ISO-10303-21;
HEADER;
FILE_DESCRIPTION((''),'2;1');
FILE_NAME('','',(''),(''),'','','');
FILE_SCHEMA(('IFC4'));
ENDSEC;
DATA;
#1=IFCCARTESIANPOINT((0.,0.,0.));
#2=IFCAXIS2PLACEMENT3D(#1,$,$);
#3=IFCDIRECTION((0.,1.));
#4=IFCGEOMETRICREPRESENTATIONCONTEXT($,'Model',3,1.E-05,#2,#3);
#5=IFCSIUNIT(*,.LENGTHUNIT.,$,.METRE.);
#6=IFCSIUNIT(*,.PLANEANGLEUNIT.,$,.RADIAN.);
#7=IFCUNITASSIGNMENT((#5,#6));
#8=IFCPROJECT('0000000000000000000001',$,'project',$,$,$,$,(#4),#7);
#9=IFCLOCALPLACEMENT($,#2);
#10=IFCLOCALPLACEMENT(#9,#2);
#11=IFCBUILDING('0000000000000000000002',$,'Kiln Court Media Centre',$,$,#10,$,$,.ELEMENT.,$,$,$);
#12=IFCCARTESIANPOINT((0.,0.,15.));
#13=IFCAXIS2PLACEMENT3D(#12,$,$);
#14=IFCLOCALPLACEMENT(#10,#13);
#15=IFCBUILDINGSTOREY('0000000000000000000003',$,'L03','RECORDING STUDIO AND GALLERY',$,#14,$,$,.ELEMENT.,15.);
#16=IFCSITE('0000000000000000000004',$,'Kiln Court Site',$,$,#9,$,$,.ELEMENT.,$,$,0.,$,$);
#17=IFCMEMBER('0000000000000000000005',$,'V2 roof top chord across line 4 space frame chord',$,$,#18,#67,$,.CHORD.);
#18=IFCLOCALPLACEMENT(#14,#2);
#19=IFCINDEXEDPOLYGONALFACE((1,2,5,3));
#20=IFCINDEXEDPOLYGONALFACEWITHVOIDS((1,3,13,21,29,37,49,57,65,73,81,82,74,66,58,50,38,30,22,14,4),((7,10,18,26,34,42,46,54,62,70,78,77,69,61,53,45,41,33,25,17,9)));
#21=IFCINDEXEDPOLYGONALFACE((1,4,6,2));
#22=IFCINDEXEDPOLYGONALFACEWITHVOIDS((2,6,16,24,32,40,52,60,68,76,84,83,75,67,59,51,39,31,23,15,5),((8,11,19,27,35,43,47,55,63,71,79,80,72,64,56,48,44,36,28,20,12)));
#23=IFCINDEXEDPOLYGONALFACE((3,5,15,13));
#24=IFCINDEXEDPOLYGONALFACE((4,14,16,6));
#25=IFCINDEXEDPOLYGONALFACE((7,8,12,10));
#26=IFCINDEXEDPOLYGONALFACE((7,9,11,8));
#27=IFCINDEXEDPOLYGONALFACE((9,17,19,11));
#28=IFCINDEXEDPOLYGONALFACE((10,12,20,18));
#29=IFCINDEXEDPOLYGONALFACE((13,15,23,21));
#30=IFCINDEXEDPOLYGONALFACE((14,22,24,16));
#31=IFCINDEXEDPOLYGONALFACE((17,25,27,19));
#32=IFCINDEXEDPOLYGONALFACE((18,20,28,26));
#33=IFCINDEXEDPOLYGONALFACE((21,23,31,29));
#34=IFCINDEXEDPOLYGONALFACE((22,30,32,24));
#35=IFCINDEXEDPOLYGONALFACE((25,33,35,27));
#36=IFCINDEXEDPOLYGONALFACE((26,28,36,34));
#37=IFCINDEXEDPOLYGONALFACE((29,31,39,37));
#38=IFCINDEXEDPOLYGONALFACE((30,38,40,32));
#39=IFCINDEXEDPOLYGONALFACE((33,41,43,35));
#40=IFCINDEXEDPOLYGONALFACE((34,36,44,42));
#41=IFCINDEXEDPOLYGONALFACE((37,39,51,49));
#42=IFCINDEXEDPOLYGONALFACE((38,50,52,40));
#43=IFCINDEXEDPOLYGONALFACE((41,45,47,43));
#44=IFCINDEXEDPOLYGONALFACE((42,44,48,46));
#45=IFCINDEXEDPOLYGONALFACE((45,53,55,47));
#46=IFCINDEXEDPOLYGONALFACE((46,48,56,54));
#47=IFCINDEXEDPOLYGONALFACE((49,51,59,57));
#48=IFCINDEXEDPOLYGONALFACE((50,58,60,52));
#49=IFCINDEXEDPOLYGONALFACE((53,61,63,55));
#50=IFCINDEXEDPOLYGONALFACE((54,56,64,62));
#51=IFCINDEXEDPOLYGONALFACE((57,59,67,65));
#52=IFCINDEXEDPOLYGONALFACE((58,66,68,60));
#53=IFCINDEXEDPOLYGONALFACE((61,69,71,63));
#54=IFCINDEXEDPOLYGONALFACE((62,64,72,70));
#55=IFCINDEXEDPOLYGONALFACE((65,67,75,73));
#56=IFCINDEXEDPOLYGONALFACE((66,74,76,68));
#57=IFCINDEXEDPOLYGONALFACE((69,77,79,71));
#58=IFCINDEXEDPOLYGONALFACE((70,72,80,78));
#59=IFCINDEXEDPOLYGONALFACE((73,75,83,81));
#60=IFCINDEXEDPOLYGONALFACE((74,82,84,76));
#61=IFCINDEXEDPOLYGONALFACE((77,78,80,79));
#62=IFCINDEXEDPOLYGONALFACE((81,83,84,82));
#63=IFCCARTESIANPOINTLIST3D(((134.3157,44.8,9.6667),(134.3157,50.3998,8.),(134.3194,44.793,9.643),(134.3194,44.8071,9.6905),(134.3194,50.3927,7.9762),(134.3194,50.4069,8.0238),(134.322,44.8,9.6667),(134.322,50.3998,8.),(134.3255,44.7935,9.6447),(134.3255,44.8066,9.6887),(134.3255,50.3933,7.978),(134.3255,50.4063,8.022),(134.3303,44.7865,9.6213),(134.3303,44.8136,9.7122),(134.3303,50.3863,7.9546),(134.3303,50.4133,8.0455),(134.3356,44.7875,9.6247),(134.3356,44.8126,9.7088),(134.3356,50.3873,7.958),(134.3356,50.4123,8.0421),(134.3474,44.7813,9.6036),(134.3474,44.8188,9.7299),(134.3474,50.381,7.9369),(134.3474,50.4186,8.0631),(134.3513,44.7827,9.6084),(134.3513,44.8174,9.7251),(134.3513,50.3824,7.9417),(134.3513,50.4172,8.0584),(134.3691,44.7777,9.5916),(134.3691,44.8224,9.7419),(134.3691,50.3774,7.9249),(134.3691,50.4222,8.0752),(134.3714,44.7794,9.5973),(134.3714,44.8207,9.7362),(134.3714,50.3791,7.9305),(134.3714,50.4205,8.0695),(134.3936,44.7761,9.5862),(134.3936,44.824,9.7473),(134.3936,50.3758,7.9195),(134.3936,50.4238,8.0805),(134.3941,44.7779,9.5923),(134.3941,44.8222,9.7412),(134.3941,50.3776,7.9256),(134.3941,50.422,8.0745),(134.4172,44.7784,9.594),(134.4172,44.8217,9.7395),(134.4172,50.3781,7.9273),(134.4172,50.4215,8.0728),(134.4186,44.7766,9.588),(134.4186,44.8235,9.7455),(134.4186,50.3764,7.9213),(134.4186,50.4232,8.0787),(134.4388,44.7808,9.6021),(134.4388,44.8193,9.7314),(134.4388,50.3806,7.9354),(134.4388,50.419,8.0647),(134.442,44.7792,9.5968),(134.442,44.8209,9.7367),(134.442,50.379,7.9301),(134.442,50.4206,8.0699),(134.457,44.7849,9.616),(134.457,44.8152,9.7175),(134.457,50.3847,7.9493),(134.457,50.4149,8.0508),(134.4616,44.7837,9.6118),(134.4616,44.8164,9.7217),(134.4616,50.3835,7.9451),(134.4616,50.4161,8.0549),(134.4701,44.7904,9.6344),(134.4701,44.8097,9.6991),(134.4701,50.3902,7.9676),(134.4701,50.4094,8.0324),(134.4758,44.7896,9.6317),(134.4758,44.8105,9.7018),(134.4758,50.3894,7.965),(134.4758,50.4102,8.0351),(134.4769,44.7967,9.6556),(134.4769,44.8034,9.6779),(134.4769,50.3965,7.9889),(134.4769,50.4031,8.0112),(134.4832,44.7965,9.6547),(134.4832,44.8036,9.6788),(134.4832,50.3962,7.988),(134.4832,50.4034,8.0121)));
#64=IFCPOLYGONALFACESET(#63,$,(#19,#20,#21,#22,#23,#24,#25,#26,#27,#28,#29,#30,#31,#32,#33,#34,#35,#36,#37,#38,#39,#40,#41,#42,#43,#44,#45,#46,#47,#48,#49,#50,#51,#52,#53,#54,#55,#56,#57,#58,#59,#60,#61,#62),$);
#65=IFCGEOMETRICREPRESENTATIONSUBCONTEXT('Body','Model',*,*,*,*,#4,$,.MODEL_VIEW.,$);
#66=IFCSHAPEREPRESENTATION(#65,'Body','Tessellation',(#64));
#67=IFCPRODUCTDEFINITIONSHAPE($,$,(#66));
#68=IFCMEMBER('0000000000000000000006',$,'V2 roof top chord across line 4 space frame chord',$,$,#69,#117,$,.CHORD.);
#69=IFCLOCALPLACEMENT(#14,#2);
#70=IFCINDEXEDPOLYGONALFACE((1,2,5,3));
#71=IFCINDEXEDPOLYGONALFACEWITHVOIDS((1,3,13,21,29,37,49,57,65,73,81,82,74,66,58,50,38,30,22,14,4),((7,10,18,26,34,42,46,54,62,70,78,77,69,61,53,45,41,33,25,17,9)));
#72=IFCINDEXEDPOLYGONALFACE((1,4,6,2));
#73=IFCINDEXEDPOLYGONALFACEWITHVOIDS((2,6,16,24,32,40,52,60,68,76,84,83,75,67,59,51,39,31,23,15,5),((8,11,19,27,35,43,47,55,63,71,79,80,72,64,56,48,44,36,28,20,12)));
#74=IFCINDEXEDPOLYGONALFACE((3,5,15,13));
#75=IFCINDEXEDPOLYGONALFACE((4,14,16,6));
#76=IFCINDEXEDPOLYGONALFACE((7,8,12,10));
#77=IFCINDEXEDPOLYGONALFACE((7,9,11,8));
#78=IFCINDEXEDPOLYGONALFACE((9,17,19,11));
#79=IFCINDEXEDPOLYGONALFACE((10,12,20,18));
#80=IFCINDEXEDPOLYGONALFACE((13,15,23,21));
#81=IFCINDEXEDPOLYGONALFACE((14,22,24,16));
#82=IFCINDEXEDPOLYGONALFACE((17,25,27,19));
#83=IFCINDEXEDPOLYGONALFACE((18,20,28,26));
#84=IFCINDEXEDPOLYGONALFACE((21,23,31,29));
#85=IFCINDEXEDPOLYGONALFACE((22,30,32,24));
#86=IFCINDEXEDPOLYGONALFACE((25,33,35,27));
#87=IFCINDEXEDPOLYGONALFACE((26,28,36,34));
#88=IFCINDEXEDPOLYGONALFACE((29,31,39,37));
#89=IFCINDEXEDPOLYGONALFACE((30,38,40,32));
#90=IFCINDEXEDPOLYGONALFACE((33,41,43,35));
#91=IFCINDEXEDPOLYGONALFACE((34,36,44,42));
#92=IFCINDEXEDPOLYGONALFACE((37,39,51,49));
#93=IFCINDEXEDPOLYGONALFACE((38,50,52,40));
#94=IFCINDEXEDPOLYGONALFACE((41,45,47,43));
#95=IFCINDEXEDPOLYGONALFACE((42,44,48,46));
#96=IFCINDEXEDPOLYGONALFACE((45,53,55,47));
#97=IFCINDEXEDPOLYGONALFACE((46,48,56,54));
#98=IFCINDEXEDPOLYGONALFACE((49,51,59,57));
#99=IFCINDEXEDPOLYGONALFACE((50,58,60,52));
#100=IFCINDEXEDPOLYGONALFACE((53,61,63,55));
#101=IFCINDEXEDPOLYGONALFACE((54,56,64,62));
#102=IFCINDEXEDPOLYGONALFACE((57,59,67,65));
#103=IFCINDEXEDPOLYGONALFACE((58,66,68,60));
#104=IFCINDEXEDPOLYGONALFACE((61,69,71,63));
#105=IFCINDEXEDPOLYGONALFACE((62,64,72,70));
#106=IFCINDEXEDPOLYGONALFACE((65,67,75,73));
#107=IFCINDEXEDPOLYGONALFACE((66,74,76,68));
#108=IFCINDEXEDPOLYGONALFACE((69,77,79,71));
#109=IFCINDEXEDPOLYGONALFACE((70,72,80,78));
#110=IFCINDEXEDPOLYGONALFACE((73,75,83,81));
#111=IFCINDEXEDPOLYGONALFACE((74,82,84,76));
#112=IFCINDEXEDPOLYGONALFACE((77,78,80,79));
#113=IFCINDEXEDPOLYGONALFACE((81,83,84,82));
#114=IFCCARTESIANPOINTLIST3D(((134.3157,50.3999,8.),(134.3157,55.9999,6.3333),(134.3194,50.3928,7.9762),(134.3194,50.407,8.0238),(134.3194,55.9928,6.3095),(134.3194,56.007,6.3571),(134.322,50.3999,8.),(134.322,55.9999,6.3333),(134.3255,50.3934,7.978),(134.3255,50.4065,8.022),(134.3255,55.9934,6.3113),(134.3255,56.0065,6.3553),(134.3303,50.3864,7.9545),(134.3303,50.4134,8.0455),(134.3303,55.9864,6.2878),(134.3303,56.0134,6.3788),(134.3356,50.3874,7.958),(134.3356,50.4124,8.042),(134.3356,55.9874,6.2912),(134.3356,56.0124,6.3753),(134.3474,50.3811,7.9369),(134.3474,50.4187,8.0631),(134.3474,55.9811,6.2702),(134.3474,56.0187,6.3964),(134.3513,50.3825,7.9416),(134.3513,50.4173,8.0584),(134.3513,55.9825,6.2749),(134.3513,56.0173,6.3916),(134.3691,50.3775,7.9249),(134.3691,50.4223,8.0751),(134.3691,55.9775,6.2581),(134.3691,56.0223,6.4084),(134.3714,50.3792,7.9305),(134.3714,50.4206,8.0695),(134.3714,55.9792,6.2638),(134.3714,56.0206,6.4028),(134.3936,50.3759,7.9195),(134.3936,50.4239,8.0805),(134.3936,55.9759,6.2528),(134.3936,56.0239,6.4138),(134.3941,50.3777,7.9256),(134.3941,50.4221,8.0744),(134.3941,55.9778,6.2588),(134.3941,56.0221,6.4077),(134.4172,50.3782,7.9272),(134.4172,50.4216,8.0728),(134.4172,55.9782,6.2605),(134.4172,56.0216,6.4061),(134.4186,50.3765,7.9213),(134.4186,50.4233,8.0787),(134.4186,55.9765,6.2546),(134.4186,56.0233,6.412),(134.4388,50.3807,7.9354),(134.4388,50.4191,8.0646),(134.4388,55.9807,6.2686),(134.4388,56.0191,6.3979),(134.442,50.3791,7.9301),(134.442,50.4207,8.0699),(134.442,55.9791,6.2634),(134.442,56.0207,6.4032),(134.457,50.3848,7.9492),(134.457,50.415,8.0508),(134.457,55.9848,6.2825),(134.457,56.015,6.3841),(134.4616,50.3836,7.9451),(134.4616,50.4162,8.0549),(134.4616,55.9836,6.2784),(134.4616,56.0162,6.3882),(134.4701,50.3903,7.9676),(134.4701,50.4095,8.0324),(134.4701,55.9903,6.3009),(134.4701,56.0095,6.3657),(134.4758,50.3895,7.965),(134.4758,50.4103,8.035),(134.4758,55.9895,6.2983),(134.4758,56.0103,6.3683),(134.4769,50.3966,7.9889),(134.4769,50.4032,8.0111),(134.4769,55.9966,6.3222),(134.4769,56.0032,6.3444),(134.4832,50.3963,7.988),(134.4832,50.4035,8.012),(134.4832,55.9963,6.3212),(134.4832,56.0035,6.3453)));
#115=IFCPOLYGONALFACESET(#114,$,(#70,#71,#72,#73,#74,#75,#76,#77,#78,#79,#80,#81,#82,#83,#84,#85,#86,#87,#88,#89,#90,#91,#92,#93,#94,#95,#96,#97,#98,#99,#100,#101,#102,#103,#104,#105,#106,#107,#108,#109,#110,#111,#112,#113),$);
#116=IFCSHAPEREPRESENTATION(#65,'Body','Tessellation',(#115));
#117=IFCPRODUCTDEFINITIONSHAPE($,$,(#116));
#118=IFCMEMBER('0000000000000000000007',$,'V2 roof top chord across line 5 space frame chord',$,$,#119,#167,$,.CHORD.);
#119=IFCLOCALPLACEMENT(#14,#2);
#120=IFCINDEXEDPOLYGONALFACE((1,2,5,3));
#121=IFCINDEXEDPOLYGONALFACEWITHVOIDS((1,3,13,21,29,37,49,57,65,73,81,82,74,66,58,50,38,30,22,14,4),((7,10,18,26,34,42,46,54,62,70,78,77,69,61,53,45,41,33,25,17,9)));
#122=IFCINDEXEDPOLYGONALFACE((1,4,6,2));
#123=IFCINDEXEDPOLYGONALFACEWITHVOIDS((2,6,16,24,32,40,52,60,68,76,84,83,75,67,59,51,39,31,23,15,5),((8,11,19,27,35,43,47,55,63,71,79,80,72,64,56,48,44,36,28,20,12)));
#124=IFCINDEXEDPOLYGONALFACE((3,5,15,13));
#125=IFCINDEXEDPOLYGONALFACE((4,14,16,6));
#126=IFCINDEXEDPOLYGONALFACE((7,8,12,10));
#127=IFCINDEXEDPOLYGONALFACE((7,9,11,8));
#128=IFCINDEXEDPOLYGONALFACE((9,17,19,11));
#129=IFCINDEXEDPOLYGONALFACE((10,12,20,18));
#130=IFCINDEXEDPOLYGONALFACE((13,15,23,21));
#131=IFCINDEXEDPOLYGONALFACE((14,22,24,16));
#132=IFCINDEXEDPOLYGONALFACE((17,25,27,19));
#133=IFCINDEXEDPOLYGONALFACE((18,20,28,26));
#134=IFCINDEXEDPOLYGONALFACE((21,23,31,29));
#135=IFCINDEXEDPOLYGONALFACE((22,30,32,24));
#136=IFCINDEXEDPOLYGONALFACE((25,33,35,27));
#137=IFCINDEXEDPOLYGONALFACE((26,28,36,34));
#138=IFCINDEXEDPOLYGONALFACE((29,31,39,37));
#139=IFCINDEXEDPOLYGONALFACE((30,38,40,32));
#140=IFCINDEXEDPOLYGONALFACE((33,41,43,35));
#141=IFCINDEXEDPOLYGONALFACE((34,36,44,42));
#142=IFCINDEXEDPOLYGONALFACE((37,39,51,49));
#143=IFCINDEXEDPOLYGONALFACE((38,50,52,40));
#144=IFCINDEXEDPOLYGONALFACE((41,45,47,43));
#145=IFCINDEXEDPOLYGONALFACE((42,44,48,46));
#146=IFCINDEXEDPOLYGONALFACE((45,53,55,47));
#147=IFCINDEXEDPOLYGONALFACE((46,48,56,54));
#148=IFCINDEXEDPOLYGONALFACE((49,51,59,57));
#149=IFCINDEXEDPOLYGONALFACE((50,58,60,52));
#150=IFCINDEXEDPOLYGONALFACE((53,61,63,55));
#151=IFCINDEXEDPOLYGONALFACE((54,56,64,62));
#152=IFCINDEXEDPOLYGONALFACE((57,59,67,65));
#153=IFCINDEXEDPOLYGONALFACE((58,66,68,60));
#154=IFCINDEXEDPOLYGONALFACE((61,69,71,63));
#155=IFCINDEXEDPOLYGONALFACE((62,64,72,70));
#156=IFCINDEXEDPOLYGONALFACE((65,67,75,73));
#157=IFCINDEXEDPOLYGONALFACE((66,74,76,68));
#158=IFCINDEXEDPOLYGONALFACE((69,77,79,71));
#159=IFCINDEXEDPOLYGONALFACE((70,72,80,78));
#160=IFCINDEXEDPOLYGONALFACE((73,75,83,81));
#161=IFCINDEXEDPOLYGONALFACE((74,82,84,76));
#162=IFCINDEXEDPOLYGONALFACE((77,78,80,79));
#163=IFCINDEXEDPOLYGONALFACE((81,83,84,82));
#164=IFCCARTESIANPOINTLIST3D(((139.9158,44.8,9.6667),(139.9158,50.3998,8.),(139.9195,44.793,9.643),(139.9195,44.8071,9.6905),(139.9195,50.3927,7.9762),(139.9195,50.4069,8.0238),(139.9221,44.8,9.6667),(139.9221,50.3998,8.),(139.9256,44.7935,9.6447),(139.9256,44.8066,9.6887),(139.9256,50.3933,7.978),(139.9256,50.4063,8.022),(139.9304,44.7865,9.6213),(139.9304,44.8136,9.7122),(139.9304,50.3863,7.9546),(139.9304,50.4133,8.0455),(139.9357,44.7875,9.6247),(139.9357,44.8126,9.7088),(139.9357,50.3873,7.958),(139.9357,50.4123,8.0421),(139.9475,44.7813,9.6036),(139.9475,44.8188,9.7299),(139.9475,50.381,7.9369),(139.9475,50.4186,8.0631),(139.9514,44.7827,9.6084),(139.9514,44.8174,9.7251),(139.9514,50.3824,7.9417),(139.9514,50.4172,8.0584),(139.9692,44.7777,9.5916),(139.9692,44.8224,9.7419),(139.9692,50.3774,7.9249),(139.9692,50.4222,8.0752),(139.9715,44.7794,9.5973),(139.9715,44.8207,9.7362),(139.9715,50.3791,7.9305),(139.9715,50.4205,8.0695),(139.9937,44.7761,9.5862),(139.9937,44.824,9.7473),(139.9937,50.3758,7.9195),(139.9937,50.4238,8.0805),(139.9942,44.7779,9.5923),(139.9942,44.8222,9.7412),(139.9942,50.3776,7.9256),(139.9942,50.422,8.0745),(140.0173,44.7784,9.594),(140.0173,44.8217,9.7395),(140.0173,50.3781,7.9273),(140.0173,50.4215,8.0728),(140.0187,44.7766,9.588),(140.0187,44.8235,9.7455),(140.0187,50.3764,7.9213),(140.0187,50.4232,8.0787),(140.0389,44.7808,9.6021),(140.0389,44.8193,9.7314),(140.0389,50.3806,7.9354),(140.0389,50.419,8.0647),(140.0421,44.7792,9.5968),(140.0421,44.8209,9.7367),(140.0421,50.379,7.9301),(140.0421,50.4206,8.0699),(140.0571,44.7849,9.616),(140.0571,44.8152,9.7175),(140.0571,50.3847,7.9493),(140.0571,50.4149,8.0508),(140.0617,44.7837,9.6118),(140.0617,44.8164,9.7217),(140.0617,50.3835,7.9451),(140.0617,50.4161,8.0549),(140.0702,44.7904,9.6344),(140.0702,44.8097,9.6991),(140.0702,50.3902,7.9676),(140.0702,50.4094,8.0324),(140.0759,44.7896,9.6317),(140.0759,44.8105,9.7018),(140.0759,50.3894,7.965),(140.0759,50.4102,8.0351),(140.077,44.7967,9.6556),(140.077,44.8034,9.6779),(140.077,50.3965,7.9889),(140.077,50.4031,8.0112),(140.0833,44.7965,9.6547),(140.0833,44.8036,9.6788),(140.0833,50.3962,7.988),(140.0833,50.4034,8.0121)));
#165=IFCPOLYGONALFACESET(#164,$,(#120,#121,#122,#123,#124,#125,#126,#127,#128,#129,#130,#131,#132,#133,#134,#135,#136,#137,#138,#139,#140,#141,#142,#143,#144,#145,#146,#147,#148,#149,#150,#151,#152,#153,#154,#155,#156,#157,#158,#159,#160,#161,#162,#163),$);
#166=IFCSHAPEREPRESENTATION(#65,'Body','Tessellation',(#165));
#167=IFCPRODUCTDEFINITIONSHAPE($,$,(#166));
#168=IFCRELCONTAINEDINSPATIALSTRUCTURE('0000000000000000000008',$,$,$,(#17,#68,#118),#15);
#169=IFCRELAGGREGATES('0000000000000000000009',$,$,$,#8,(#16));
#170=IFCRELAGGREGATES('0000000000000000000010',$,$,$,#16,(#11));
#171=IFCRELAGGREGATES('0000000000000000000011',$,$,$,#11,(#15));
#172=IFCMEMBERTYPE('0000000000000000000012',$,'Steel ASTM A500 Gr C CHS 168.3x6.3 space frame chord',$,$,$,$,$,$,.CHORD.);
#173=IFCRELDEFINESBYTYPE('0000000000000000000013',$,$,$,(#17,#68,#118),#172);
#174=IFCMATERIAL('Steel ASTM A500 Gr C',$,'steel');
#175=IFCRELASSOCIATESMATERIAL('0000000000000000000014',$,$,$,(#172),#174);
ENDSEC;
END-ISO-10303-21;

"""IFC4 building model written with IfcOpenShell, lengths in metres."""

from ifc_helpers import new_model, si_unit, direction, frame, origin, origin_2d, place, context, subcontext, project, spatial, hollow_circle, extrude, material, material_profile, profile_set, type_object, element, save


model = new_model("IFC4")

# Units and contexts
model_context = context("Model", 3, precision=1e-05, world=origin(), true_north=direction((0.0, 1.0)))
body_context = subcontext(model_context, "Body", "Model", "MODEL_VIEW")
ifc_project = project(units=[si_unit("LENGTHUNIT", "METRE"), si_unit("PLANEANGLEUNIT", "RADIAN")], contexts=[model_context])

# Site, building, storey
site_placement = place(None, origin())
site = spatial("IfcSite", under=ifc_project, at=site_placement, Name="Kiln Court Site", CompositionType="ELEMENT", RefElevation=0.0)
building_placement = place(site_placement, origin())
building = spatial("IfcBuilding", under=site, at=building_placement, Name="Kiln Court Media Centre", CompositionType="ELEMENT")
storey_placement = place(building_placement, frame((0.0, 0.0, 15.0)))
storey = spatial("IfcBuildingStorey", under=building, at=storey_placement, Name="L03", Description="RECORDING STUDIO AND GALLERY", CompositionType="ELEMENT", Elevation=15.0)

# Members
ifc_material_1 = material(Name="Steel ASTM A500 Gr C", Category="steel")
ifc_material_profile_1 = material_profile(ifc_material_1, hollow_circle(Radius=0.0842, WallThickness=0.0063, at=origin_2d()), Name="CHS 168.3x6.3")
ifc_profile_set_1 = profile_set([ifc_material_profile_1], Name="Steel ASTM A500 Gr C")
member_type_1 = type_object("IfcMemberType", Name="Steel ASTM A500 Gr C CHS 168.3x6.3 space frame chord", PredefinedType="CHORD", material=ifc_profile_set_1)
member_1_placement = place(storey_placement, frame((134.3999, 44.8, 9.6667), z_axis=(0.0, 0.958446, -0.285273), x_axis=(-1.0, 0.0, 0.0)))
element("IfcMember", 1, at=member_1_placement, inside=storey, type_object=member_type_1, Name="V2 roof top chord across line 4 space frame chord", PredefinedType="CHORD", context=body_context, shape_type="SweptSolid", body=[
    extrude(hollow_circle(Radius=0.0842, WallThickness=0.0063, at=origin_2d()), origin(), (0.0, 0.0, 1.0), 5.8425),
])
member_2_placement = place(storey_placement, frame((134.3999, 50.3999, 8.0), z_axis=(0.0, 0.95845, -0.285262), x_axis=(-1.0, 0.0, 0.0)))
element("IfcMember", 2, at=member_2_placement, inside=storey, type_object=member_type_1, Name="V2 roof top chord across line 4 space frame chord", PredefinedType="CHORD", context=body_context, shape_type="SweptSolid", body=[
    extrude(hollow_circle(Radius=0.0842, WallThickness=0.0063, at=origin_2d()), origin(), (0.0, 0.0, 1.0), 5.8428),
])
member_3_placement = place(storey_placement, frame((140.0, 44.8, 9.6667), z_axis=(0.0, 0.958446, -0.285273), x_axis=(-1.0, 0.0, 0.0)))
element("IfcMember", 3, at=member_3_placement, inside=storey, type_object=member_type_1, Name="V2 roof top chord across line 5 space frame chord", PredefinedType="CHORD", context=body_context, shape_type="SweptSolid", body=[
    extrude(hollow_circle(Radius=0.0842, WallThickness=0.0063, at=origin_2d()), origin(), (0.0, 0.0, 1.0), 5.8425),
])

save(model, "model.ifc")
